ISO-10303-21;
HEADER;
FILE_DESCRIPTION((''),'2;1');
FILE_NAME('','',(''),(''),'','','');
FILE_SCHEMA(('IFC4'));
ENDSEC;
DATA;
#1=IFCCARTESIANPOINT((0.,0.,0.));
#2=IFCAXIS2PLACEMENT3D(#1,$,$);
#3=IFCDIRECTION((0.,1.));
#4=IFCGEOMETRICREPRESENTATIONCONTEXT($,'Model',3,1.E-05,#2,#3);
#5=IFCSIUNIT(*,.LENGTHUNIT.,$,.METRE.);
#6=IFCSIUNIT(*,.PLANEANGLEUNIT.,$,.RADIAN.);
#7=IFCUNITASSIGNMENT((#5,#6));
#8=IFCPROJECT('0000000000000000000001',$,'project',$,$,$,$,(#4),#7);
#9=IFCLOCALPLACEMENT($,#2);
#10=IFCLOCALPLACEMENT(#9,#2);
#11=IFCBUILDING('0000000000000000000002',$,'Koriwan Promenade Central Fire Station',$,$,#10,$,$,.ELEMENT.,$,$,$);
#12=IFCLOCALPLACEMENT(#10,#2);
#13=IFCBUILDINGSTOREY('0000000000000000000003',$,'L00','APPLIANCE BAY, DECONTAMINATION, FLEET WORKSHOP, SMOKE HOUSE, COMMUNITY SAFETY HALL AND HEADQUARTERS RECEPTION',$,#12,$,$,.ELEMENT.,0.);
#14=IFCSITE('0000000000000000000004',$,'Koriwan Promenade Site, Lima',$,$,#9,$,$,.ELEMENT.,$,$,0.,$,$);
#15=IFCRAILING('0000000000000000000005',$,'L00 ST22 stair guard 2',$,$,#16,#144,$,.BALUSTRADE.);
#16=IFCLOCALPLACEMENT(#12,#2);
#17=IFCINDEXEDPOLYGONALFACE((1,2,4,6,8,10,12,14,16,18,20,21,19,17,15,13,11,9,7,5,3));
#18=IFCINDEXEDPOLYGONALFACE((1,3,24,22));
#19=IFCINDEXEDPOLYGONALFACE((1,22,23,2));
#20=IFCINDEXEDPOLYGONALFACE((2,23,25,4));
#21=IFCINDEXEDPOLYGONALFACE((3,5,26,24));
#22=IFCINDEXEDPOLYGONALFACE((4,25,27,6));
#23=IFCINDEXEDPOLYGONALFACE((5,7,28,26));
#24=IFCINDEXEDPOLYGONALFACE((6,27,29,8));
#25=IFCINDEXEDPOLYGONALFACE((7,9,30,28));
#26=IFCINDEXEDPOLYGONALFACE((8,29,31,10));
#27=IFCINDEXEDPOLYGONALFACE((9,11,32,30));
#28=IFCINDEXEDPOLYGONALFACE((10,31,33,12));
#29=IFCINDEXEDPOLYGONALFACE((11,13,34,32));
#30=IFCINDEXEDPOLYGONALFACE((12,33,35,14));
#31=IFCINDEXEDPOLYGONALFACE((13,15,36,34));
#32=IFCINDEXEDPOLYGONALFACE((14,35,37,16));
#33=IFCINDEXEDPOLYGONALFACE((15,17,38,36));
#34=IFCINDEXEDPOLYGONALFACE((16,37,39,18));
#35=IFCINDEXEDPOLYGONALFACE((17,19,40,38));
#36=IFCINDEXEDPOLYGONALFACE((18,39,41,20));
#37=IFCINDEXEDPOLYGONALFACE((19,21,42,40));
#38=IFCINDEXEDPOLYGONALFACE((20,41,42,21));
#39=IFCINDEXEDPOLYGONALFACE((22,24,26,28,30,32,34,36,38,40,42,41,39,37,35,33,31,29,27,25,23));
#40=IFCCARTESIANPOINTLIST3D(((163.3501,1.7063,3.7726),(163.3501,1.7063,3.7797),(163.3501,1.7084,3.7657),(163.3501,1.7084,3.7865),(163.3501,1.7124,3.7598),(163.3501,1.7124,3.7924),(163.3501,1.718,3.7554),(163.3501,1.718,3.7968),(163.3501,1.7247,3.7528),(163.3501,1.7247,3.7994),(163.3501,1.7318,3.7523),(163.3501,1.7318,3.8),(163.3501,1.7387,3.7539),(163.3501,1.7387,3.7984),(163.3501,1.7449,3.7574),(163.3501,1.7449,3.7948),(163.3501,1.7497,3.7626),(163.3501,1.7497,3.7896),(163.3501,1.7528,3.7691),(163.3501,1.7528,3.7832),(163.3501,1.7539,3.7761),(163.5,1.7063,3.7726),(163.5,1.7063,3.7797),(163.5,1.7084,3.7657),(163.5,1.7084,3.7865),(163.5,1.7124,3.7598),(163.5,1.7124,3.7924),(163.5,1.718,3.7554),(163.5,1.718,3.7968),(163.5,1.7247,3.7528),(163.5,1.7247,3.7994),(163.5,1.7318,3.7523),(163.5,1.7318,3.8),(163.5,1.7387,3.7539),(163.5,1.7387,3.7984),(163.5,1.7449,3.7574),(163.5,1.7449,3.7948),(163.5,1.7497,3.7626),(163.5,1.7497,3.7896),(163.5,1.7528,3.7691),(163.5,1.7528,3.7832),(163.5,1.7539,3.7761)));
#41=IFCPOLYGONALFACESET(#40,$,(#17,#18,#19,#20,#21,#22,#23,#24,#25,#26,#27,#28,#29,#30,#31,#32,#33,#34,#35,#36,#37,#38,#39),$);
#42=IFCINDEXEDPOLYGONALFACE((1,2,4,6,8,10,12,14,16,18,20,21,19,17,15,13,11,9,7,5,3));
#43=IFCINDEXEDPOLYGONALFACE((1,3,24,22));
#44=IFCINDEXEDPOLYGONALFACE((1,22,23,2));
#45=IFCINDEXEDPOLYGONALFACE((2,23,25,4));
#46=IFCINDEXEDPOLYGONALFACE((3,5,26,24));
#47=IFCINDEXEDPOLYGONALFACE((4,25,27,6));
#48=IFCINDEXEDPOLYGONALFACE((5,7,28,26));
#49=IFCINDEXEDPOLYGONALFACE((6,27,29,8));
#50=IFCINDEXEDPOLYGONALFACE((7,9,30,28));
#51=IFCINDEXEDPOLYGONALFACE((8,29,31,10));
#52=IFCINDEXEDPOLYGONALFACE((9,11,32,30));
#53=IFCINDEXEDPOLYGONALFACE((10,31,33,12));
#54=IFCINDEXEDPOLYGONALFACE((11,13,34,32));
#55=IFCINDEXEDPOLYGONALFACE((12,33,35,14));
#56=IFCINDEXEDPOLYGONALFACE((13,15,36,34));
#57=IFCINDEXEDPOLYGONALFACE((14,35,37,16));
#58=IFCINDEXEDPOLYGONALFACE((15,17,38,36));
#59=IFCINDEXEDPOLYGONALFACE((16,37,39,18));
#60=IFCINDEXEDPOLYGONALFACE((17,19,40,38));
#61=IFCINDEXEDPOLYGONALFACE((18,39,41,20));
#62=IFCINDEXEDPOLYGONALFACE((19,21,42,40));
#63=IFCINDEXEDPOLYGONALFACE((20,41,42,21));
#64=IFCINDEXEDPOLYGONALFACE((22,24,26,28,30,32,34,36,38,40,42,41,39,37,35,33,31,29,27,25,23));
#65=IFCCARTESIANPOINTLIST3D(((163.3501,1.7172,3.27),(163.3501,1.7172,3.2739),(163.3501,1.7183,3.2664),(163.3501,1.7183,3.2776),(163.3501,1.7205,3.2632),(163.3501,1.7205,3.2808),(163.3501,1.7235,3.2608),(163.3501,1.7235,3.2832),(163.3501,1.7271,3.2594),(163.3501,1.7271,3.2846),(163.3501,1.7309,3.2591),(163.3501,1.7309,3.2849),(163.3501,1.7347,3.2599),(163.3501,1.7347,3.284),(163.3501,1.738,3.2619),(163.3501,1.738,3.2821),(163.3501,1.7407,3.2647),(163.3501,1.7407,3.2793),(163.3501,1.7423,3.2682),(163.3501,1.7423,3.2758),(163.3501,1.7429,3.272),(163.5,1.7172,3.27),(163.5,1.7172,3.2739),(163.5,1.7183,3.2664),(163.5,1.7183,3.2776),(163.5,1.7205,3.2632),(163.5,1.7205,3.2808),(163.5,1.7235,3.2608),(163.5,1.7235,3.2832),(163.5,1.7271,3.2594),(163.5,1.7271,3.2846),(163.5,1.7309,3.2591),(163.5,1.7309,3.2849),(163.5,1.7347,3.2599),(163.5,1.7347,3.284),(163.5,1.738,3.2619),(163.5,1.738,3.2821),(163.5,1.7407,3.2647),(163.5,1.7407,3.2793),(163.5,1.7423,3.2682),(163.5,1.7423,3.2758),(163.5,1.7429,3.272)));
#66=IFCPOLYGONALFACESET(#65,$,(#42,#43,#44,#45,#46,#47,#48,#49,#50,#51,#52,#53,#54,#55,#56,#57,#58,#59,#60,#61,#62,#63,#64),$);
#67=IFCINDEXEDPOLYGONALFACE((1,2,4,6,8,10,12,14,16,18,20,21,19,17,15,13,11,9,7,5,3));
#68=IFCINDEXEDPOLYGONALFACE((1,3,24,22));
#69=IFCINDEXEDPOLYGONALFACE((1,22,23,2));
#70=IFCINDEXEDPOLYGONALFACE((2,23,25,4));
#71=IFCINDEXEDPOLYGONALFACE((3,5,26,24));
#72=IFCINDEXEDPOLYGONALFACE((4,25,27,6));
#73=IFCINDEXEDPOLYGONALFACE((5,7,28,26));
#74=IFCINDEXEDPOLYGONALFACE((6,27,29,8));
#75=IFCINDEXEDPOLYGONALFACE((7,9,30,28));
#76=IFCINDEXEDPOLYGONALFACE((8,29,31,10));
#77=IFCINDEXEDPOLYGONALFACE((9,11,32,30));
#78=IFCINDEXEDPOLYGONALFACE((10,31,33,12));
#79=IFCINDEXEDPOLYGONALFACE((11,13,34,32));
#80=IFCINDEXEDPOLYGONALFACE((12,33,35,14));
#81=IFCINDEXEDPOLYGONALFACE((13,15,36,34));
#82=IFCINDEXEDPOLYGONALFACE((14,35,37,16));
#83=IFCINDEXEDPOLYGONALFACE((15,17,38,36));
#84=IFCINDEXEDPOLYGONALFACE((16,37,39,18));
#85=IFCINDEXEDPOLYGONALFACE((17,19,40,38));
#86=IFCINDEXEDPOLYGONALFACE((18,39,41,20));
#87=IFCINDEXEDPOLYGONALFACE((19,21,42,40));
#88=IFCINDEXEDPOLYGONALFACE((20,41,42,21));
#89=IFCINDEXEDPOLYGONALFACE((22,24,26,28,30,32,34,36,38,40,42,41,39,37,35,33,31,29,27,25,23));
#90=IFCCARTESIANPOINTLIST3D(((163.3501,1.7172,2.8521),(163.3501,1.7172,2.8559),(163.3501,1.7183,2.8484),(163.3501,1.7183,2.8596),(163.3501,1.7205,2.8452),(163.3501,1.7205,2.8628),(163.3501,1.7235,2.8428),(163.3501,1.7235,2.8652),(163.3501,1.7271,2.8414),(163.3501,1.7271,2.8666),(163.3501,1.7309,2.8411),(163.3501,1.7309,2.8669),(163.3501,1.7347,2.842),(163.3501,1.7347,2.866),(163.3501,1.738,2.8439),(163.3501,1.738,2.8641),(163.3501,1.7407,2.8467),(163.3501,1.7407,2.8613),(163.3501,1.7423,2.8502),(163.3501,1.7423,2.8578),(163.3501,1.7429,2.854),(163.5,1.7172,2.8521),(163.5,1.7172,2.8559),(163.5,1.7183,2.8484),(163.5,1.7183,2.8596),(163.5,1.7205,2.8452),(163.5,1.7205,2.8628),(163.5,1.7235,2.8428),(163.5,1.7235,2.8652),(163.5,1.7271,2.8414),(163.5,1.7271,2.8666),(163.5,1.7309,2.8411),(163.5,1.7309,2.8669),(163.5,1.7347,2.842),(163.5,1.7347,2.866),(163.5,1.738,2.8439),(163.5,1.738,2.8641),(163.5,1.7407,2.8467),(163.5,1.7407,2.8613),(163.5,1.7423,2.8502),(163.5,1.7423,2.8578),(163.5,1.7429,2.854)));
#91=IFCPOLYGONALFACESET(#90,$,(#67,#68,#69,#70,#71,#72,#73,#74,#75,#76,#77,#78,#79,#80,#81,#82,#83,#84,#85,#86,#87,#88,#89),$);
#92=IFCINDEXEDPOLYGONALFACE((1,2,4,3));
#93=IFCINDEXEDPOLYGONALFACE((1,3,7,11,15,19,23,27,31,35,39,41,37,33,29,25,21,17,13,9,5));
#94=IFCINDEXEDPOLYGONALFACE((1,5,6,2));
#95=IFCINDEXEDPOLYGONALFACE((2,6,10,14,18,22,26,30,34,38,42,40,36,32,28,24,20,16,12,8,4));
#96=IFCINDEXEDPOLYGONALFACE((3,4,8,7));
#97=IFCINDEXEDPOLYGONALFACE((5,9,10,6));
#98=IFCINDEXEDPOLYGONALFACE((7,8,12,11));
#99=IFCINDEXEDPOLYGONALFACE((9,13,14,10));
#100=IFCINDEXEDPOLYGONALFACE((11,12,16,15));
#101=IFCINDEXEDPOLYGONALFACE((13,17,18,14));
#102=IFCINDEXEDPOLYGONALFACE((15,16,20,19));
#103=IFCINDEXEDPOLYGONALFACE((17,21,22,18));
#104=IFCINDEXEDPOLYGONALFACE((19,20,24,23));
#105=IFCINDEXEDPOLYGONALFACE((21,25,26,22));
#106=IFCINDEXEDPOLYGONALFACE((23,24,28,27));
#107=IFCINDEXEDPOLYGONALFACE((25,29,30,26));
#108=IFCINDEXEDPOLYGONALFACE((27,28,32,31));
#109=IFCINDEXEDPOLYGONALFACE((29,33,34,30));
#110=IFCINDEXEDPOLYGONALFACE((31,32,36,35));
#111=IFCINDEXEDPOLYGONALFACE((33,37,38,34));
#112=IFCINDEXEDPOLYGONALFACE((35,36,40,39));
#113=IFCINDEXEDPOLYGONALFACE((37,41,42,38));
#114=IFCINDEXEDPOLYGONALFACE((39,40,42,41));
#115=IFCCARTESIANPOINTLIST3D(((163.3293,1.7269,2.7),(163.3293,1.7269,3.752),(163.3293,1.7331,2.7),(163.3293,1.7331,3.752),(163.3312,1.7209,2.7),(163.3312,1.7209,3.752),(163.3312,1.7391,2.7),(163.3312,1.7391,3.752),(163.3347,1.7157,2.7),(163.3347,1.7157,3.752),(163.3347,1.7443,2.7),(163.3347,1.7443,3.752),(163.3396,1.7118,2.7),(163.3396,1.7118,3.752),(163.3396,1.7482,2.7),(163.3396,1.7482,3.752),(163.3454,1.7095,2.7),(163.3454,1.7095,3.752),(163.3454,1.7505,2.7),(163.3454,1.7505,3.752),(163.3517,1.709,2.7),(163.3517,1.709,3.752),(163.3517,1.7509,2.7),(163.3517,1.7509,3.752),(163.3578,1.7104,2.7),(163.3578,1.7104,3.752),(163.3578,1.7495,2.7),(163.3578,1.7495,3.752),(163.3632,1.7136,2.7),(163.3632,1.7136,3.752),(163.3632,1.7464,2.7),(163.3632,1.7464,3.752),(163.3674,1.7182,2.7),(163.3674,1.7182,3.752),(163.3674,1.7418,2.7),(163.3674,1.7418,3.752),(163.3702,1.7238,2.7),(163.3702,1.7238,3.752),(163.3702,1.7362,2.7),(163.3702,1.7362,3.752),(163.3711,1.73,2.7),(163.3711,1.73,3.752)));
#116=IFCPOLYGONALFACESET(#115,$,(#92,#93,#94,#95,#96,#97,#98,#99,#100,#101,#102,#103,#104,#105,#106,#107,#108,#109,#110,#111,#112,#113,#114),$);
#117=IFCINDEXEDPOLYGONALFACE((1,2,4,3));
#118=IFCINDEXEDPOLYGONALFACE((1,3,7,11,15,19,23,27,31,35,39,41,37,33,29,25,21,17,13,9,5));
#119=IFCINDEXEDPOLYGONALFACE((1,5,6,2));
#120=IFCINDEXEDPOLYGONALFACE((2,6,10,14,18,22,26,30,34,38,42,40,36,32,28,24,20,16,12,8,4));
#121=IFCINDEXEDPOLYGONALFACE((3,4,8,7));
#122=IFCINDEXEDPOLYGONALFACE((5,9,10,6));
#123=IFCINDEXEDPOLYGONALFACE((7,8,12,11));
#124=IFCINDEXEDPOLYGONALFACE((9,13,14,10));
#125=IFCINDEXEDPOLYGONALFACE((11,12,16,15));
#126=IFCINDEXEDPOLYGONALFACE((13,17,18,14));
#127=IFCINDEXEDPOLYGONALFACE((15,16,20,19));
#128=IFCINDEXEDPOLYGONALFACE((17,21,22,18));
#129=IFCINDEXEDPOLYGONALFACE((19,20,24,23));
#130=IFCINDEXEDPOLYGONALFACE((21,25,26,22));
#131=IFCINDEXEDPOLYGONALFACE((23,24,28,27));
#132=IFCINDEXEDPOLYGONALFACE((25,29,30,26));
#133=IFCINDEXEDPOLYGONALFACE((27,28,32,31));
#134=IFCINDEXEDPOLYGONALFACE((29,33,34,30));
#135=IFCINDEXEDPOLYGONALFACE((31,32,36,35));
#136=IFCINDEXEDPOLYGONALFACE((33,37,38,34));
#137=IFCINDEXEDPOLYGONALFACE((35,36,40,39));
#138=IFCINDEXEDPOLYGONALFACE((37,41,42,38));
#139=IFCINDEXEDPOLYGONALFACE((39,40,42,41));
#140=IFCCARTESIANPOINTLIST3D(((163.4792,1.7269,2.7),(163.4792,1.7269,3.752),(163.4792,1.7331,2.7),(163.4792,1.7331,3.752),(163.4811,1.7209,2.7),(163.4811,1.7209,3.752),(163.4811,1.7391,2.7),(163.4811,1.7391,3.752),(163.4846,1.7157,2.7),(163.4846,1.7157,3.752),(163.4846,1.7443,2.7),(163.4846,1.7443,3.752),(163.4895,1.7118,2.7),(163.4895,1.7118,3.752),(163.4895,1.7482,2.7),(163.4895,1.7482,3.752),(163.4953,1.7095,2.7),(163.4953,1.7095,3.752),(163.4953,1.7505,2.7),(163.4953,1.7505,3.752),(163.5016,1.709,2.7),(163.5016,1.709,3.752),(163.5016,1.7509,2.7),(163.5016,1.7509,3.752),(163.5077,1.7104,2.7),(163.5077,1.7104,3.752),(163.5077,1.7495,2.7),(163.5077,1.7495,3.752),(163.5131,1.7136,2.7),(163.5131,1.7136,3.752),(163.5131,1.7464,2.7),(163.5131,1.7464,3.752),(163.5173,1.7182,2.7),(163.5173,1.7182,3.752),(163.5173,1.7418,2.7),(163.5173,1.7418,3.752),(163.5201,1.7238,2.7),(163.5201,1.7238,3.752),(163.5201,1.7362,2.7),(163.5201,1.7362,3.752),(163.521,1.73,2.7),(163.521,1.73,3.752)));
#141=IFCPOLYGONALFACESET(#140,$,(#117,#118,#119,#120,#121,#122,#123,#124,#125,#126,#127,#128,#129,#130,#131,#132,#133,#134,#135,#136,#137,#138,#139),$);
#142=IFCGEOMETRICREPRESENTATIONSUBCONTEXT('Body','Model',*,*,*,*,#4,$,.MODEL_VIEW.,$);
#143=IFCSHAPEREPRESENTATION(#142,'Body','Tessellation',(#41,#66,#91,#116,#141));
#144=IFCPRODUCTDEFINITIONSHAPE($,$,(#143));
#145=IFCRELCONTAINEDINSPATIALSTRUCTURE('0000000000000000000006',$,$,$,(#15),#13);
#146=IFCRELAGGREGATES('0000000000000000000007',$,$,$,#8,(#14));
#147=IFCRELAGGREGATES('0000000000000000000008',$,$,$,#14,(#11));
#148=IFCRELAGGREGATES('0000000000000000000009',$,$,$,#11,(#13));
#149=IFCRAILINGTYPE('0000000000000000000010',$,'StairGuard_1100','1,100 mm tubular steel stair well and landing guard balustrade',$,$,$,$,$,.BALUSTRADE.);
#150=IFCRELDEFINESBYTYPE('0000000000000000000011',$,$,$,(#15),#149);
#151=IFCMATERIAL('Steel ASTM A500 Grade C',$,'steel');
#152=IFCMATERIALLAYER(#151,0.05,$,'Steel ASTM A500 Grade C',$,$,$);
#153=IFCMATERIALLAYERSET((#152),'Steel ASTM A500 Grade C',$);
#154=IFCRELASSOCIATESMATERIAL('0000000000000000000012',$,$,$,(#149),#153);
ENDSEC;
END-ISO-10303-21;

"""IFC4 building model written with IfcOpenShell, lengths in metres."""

from ifc_helpers import new_model, si_unit, direction, frame, origin, origin_2d, place, context, subcontext, project, spatial, circle, extrude, material, layer, layer_set, type_object, element, save


model = new_model("IFC4")

# Units and contexts
model_context = context("Model", 3, precision=1e-05, world=origin(), true_north=direction((0.0, 1.0)))
body_context = subcontext(model_context, "Body", "Model", "MODEL_VIEW")
ifc_project = project(units=[si_unit("LENGTHUNIT", "METRE"), si_unit("PLANEANGLEUNIT", "RADIAN")], contexts=[model_context])

# Site, building, storey
site_placement = place(None, origin())
site = spatial("IfcSite", under=ifc_project, at=site_placement, Name="Koriwan Promenade Site, Lima", CompositionType="ELEMENT", RefElevation=0.0)
building_placement = place(site_placement, origin())
building = spatial("IfcBuilding", under=site, at=building_placement, Name="Koriwan Promenade Central Fire Station", CompositionType="ELEMENT")
storey_placement = place(building_placement, origin())
storey = spatial("IfcBuildingStorey", under=building, at=storey_placement, Name="L00", Description="APPLIANCE BAY, DECONTAMINATION, FLEET WORKSHOP, SMOKE HOUSE, COMMUNITY SAFETY HALL AND HEADQUARTERS RECEPTION", CompositionType="ELEMENT", Elevation=0.0)

# Railing
ifc_material_1 = material(Name="Steel ASTM A500 Grade C", Category="steel")
ifc_layer_1 = layer(ifc_material_1, 0.05, Name="Steel ASTM A500 Grade C")
ifc_layer_set_1 = layer_set([ifc_layer_1], Name="Steel ASTM A500 Grade C")
railing_type_1 = type_object("IfcRailingType", Name="StairGuard_1100", Description="1,100 mm tubular steel stair well and landing guard balustrade", PredefinedType="BALUSTRADE", material=ifc_layer_set_1)
railing_1_placement = place(storey_placement, frame((163.3501, 1.73, 2.7)))
element("IfcRailing", 1, at=railing_1_placement, inside=storey, type_object=railing_type_1, Name="L00 ST22 stair guard 2", PredefinedType="BALUSTRADE", context=body_context, shape_type="SweptSolid", body=[
    extrude(circle(Radius=0.0239, at=origin_2d()), frame((0.0, 0.0, 1.0762), z_axis=(1.0, 0.0, 0.0), x_axis=(0.0, 1.0, 0.0)), (0.0, 0.0, 1.0), 0.1499),
    extrude(circle(Radius=0.0129, at=origin_2d()), frame((0.0, 0.0, 0.572), z_axis=(1.0, 0.0, 0.0), x_axis=(0.0, 1.0, 0.0)), (0.0, 0.0, 1.0), 0.1499),
    extrude(circle(Radius=0.0129, at=origin_2d()), frame((0.0, 0.0, 0.1541), z_axis=(1.0, 0.0, 0.0), x_axis=(0.0, 1.0, 0.0)), (0.0, 0.0, 1.0), 0.1499),
    extrude(circle(Radius=0.021, at=origin_2d()), origin(), (0.0, 0.0, 1.0), 1.052),
    extrude(circle(Radius=0.021, at=origin_2d()), frame((0.1499, 0.0, 0.0)), (0.0, 0.0, 1.0), 1.052),
])

save(model, "model.ifc")
